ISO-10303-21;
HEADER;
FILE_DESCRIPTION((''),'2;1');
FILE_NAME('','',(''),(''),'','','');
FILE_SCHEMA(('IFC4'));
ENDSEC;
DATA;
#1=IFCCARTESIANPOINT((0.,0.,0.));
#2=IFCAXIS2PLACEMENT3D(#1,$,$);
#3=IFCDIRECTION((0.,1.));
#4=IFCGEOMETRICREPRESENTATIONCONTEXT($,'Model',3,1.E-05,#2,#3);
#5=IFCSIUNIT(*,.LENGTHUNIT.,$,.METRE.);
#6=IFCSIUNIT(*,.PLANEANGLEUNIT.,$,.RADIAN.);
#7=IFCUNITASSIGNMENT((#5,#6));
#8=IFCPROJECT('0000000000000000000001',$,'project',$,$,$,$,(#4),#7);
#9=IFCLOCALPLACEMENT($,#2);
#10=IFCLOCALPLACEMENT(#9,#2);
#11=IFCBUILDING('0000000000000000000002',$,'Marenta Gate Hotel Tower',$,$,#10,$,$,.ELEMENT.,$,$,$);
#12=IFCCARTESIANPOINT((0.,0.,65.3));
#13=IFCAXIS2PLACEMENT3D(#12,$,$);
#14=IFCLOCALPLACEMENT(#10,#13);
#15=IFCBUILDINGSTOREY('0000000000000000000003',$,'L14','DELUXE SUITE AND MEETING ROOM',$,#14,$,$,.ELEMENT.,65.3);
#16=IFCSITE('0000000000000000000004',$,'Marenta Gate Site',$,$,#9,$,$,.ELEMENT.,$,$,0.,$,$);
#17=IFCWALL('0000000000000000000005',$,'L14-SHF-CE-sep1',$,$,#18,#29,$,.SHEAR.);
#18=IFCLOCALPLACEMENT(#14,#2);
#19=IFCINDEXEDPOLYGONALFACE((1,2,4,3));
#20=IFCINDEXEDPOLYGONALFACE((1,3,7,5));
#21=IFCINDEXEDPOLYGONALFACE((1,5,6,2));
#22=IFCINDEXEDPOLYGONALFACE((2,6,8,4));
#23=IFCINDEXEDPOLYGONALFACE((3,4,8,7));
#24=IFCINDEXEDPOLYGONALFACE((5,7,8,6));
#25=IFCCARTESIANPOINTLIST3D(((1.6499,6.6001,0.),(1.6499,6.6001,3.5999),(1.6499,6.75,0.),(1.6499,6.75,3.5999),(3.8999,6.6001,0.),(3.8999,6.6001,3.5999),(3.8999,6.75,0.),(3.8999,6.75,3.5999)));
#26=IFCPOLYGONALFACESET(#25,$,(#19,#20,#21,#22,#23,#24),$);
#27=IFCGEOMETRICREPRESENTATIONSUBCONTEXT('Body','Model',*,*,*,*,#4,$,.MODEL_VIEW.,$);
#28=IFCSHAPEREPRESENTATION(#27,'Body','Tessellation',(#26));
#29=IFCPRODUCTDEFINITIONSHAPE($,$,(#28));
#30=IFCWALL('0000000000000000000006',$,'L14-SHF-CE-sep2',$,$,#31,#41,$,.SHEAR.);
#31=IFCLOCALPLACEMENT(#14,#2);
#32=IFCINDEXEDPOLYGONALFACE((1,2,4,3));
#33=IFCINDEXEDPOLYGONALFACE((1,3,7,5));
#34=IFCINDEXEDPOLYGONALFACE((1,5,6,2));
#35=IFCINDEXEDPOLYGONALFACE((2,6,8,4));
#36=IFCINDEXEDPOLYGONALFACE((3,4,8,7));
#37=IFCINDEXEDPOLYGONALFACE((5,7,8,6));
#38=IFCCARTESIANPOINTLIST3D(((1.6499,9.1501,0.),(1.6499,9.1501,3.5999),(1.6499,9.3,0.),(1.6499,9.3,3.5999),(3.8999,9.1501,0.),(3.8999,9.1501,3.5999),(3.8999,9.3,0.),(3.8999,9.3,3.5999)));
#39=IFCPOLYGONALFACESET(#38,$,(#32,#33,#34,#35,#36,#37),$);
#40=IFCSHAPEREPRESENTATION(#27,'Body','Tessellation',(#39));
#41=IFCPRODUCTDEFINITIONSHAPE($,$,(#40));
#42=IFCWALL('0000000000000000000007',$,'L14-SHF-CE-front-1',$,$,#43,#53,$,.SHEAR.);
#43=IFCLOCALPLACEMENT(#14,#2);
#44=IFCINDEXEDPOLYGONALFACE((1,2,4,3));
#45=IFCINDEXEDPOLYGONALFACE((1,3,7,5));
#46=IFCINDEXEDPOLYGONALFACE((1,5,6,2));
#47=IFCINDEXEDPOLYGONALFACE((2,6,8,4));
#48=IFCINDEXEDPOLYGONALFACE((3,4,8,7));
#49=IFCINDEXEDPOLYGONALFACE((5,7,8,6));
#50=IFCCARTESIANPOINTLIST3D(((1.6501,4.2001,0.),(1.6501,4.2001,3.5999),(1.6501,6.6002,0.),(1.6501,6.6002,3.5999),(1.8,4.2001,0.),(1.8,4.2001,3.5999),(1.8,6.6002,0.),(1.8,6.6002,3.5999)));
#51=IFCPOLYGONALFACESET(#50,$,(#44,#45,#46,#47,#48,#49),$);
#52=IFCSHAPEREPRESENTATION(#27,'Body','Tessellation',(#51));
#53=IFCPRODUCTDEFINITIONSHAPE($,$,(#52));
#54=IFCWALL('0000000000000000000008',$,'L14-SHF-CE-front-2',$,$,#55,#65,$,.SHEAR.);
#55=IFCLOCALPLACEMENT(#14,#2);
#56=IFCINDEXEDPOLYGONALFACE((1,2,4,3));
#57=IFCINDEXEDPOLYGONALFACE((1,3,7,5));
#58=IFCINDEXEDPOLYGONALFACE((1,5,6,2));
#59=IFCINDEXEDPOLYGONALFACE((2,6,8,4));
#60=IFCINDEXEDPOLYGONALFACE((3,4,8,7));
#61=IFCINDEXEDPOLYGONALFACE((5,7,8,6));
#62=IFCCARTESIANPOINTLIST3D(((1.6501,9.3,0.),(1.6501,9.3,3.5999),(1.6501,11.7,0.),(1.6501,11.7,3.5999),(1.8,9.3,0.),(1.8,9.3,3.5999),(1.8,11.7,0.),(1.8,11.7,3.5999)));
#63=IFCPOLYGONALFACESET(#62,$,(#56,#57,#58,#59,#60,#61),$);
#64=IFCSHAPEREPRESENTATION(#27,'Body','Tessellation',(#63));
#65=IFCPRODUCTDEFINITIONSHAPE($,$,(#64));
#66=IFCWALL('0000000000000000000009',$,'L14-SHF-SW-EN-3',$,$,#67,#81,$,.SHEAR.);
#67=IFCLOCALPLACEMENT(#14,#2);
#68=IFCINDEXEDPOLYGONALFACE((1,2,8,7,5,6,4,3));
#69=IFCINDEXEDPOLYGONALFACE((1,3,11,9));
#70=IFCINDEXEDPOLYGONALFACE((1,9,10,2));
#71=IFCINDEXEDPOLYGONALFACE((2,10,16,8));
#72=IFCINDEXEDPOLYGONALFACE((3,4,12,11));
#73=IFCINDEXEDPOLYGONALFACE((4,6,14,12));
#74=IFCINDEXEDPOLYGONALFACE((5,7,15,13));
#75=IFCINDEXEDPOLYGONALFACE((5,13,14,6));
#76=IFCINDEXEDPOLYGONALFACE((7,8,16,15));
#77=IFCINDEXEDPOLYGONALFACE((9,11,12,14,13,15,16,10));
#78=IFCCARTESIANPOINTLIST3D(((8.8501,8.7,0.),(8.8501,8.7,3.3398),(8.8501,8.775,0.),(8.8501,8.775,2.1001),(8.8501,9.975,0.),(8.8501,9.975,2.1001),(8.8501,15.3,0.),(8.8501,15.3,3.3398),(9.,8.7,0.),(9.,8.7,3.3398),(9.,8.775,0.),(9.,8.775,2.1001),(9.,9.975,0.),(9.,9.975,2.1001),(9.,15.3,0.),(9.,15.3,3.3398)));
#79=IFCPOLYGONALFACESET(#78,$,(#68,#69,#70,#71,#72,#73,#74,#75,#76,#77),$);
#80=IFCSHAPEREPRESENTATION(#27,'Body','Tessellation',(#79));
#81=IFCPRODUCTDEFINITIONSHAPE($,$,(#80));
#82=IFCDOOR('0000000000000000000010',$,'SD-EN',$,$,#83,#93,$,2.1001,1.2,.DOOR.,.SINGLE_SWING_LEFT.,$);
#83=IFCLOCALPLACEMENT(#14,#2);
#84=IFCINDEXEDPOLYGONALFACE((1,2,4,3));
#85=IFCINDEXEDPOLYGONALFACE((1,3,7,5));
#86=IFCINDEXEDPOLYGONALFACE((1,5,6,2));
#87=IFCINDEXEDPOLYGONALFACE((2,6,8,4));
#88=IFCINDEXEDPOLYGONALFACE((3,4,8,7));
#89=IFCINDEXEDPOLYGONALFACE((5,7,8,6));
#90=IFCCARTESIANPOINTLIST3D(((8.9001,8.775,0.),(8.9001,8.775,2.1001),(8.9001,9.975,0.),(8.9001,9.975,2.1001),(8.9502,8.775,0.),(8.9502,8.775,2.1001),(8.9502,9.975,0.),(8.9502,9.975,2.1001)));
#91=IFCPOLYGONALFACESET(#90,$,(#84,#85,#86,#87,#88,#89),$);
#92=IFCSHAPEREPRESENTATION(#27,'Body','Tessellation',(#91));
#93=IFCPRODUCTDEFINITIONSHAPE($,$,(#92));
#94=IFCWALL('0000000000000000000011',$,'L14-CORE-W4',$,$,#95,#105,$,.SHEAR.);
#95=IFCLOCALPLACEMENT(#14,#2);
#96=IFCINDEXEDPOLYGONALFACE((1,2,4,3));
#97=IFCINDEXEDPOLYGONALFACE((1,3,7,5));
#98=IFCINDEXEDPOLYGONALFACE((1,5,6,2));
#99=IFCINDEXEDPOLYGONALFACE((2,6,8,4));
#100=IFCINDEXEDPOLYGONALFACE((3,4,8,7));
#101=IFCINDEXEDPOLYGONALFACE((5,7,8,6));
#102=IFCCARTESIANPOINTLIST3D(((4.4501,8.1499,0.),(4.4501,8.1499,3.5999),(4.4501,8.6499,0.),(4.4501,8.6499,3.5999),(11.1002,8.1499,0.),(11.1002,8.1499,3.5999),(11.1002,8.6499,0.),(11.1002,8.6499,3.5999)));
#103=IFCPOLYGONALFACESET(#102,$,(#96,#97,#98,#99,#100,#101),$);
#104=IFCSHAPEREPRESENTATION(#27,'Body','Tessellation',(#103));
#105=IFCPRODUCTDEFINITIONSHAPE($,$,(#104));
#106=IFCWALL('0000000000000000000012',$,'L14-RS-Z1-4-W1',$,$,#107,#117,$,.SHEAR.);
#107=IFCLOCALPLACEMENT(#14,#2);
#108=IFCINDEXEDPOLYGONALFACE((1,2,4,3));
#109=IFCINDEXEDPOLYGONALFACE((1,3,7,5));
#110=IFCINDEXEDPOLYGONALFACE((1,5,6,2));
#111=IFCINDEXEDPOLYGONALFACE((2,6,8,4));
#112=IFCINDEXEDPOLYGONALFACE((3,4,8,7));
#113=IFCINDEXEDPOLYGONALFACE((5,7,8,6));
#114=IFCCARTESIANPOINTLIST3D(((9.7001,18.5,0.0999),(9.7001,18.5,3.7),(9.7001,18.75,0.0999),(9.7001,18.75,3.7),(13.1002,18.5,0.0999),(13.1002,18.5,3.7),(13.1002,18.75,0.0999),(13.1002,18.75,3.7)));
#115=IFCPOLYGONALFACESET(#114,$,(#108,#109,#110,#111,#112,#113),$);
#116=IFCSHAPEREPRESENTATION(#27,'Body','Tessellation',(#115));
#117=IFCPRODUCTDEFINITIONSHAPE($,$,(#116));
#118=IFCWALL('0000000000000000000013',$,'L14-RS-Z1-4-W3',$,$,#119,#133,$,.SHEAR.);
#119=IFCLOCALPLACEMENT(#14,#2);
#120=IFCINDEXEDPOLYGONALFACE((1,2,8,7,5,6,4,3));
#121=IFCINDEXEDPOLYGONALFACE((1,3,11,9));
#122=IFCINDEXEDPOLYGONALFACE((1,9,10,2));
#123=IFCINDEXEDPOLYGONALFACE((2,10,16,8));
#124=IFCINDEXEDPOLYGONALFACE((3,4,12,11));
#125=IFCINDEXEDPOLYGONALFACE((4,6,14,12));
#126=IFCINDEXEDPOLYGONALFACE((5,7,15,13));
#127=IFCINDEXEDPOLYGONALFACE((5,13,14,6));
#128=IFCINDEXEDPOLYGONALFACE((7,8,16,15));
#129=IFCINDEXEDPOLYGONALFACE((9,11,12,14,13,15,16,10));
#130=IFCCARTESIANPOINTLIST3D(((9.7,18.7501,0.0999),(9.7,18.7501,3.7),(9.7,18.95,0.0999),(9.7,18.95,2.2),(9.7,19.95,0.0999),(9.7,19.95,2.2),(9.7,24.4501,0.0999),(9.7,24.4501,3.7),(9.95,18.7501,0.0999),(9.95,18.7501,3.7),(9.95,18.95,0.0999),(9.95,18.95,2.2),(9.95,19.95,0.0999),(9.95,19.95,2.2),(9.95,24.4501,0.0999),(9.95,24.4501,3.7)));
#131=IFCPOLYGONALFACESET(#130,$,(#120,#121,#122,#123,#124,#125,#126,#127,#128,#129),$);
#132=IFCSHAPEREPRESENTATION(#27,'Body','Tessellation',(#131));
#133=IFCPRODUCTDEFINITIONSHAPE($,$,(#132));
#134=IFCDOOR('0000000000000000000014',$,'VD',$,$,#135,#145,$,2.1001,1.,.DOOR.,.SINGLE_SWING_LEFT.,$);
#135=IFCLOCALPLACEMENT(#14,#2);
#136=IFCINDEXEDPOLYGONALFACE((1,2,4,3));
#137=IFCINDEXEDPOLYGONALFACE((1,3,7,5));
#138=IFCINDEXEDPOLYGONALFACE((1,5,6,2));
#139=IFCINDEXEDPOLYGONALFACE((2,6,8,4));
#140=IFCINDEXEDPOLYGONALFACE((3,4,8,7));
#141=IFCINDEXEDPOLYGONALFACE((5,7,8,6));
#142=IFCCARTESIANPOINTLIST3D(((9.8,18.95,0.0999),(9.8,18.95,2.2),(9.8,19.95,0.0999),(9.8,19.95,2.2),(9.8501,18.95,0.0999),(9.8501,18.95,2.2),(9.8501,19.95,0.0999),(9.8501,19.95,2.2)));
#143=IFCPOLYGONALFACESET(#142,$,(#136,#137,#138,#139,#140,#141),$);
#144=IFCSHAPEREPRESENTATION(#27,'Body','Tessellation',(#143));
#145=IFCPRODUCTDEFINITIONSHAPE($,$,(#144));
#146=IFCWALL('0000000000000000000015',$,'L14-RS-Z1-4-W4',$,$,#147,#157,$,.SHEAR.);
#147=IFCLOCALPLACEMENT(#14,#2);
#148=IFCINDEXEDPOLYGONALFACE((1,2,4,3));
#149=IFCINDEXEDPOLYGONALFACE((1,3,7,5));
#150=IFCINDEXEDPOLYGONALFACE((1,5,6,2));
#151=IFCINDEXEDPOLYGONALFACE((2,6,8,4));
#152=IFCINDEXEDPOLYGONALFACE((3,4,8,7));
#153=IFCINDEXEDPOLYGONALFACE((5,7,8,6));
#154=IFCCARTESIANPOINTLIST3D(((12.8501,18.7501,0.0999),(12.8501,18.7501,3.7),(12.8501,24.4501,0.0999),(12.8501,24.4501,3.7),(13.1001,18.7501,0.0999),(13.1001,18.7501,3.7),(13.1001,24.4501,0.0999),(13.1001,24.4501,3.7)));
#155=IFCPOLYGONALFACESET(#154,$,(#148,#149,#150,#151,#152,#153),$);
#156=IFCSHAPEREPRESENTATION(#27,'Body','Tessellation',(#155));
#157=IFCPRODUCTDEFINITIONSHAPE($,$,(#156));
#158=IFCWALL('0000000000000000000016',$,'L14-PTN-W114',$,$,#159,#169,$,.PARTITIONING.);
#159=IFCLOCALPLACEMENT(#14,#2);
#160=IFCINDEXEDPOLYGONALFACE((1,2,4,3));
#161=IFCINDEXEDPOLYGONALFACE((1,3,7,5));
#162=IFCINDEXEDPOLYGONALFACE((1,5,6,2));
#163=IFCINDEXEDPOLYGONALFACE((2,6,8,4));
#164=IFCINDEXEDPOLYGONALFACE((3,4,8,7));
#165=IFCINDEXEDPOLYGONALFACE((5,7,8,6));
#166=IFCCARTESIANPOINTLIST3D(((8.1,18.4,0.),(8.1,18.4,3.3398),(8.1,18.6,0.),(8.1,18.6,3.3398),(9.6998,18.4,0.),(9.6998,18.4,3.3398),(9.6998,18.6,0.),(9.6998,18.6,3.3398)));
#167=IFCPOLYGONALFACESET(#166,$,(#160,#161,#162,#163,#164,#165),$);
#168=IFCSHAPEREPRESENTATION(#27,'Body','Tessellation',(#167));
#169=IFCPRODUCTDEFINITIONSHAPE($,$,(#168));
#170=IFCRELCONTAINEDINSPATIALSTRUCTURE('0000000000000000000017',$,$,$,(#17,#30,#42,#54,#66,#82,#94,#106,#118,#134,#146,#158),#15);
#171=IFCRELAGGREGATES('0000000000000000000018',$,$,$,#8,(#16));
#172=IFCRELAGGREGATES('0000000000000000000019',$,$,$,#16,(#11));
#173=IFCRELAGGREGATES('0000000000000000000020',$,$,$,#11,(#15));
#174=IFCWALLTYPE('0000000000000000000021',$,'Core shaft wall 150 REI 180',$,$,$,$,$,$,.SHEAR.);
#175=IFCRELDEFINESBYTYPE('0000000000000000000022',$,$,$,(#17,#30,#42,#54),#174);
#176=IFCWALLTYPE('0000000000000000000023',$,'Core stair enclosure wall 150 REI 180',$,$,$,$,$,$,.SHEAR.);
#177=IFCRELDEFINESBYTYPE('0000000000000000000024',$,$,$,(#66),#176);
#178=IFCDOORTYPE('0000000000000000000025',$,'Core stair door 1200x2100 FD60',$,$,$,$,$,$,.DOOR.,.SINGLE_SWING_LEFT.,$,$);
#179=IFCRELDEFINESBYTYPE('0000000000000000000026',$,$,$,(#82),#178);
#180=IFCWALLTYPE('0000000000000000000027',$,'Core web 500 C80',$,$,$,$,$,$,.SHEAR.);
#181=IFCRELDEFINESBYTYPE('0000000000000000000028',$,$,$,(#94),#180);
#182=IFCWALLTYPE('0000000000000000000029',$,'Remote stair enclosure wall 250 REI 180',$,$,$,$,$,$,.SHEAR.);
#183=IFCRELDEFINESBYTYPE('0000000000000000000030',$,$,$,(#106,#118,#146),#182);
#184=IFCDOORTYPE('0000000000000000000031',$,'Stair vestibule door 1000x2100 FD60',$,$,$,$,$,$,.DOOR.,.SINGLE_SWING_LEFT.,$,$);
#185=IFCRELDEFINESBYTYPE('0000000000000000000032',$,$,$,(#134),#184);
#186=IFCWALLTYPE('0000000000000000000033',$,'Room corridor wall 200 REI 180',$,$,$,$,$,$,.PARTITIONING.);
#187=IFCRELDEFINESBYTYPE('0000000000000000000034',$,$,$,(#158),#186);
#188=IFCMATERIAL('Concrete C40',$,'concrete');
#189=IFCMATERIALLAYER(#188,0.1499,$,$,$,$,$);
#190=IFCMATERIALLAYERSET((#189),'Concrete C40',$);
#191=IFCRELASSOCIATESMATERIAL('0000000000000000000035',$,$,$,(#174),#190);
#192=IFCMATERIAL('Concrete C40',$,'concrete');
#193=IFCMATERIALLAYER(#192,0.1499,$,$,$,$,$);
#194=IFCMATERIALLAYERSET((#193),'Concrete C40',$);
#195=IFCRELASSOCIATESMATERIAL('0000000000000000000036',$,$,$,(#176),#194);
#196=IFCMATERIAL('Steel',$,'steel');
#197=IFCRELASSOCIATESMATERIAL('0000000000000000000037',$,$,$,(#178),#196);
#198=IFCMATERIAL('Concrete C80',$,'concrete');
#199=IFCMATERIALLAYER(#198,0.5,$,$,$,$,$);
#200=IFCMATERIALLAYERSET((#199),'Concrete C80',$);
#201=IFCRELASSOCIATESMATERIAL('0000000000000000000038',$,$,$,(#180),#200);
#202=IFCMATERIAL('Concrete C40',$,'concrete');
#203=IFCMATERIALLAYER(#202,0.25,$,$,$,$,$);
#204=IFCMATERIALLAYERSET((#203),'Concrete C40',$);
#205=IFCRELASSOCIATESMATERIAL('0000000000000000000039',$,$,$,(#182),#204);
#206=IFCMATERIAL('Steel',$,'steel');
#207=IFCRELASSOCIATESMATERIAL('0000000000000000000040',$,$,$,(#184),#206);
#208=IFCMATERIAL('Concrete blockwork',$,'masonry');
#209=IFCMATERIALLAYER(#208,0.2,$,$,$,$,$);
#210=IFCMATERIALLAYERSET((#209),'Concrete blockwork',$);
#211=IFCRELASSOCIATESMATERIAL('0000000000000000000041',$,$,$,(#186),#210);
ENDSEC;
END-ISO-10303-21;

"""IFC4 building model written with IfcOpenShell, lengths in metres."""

from ifc_helpers import new_model, si_unit, direction, frame, frame_2d, origin, place, context, subcontext, project, spatial, rectangle, extrude, material, layer, layer_set, type_object, element, fill, save


model = new_model("IFC4")

# Units and contexts
model_context = context("Model", 3, precision=1e-05, world=origin(), true_north=direction((0.0, 1.0)))
body_context = subcontext(model_context, "Body", "Model", "MODEL_VIEW")
ifc_project = project(units=[si_unit("LENGTHUNIT", "METRE"), si_unit("PLANEANGLEUNIT", "RADIAN")], contexts=[model_context])

# Site, building, storey
site_placement = place(None, origin())
site = spatial("IfcSite", under=ifc_project, at=site_placement, Name="Marenta Gate Site", CompositionType="ELEMENT", RefElevation=0.0)
building_placement = place(site_placement, origin())
building = spatial("IfcBuilding", under=site, at=building_placement, Name="Marenta Gate Hotel Tower", CompositionType="ELEMENT")
storey_placement = place(building_placement, frame((0.0, 0.0, 65.3)))
storey = spatial("IfcBuildingStorey", under=building, at=storey_placement, Name="L14", Description="DELUXE SUITE AND MEETING ROOM", CompositionType="ELEMENT", Elevation=65.3)

# Shared definitions
ifc_material_1 = material(Name="Concrete C40", Category="concrete")
ifc_layer_1 = layer(ifc_material_1, 0.1499)
ifc_layer_set_1 = layer_set([ifc_layer_1], Name="Concrete C40")
wall_type_1 = type_object("IfcWallType", Name="Core shaft wall 150 REI 180", PredefinedType="SHEAR", material=ifc_layer_set_1)

# Walls
for number, where, z_axis, x_axis, name in (
    (1, (1.6499, 6.675, 0.0), (0.0, 0.0, 1.0), (1.0, 0.0, 0.0), "L14-SHF-CE-sep1"),
    (2, (1.6499, 9.2251, 0.0), (0.0, 0.0, 1.0), (1.0, 0.0, 0.0), "L14-SHF-CE-sep2"),
):
    element("IfcWall", number, at=place(storey_placement, frame(where, z_axis=z_axis, x_axis=x_axis)), inside=storey, type_object=wall_type_1, Name=name, PredefinedType="SHEAR", context=body_context, shape_type="SweptSolid", body=[
        extrude(rectangle(XDim=2.25, YDim=0.1499, at=frame_2d((1.125, 0.0))), origin(), (0.0, 0.0, 1.0), 3.5999),
    ])
wall_1_placement = place(storey_placement, frame((1.7251, 4.2, 0.0), z_axis=(0.0, 0.0, 1.0), x_axis=(0.0, 1.0, 0.0)))
element("IfcWall", 3, at=wall_1_placement, inside=storey, type_object=wall_type_1, Name="L14-SHF-CE-front-1", PredefinedType="SHEAR", context=body_context, shape_type="SweptSolid", body=[
    extrude(rectangle(XDim=2.4001, YDim=0.1499, at=frame_2d((1.2002, 0.0))), origin(), (0.0, 0.0, 1.0), 3.5999),
])
wall_2_placement = place(storey_placement, frame((1.7251, 9.3, 0.0), z_axis=(0.0, 0.0, 1.0), x_axis=(0.0, 1.0, 0.0)))
element("IfcWall", 4, at=wall_2_placement, inside=storey, type_object=wall_type_1, Name="L14-SHF-CE-front-2", PredefinedType="SHEAR", context=body_context, shape_type="SweptSolid", body=[
    extrude(rectangle(XDim=2.3999, YDim=0.1499, at=frame_2d((1.2, 0.0))), origin(), (0.0, 0.0, 1.0), 3.5999),
])

# Wall, opening, door
ifc_material_2 = material(Name="Concrete C40", Category="concrete")
ifc_layer_2 = layer(ifc_material_2, 0.1499)
ifc_layer_set_2 = layer_set([ifc_layer_2], Name="Concrete C40")
wall_type_2 = type_object("IfcWallType", Name="Core stair enclosure wall 150 REI 180", PredefinedType="SHEAR", material=ifc_layer_set_2)
wall_3_placement = place(storey_placement, frame((8.925, 8.7, 0.0), z_axis=(0.0, 0.0, 1.0), x_axis=(0.0, 1.0, 0.0)))
wall_3 = element("IfcWall", 5, at=wall_3_placement, inside=storey, type_object=wall_type_2, Name="L14-SHF-SW-EN-3", PredefinedType="SHEAR", context=body_context, shape_type="SweptSolid", body=[
    extrude(rectangle(XDim=6.6001, YDim=0.1499, at=frame_2d((3.3, 0.0))), origin(), (0.0, 0.0, 1.0), 3.3398),
])
opening_1_placement = place(wall_3_placement, frame((0.075, 0.0, 0.0)))
opening_1 = element("IfcOpeningElement", 6, at=opening_1_placement, cuts=wall_3, PredefinedType="OPENING", context=body_context, shape_type="SweptSolid", body=[
    extrude(rectangle(XDim=1.2, YDim=2.1001, at=frame_2d((0.6001, 1.05))), frame((0.0, 0.075, 0.0), z_axis=(0.0, -1.0, 0.0), x_axis=(1.0, 0.0, 0.0)), (0.0, 0.0, 1.0), 0.1499),
])
ifc_material_3 = material(Name="Steel", Category="steel")
door_type_1 = type_object("IfcDoorType", Name="Core stair door 1200x2100 FD60", OperationType="SINGLE_SWING_LEFT", PredefinedType="DOOR", material=ifc_material_3)
door_1_placement = place(opening_1_placement, origin())
door_1 = element("IfcDoor", 7, at=door_1_placement, inside=storey, type_object=door_type_1, Name="SD-EN", OperationType="SINGLE_SWING_LEFT", OverallHeight=2.1001, OverallWidth=1.2, PredefinedType="DOOR", context=body_context, shape_type="SweptSolid", body=[
    extrude(rectangle(XDim=1.2, YDim=2.1001, at=frame_2d((0.6001, 1.05))), frame((0.0, 0.0249, 0.0), z_axis=(0.0, -1.0, 0.0), x_axis=(1.0, 0.0, 0.0)), (0.0, 0.0, 1.0), 0.05),
])
fill(opening_1, door_1)

# Walls
ifc_material_4 = material(Name="Concrete C80", Category="concrete")
ifc_layer_3 = layer(ifc_material_4, 0.5)
ifc_layer_set_3 = layer_set([ifc_layer_3], Name="Concrete C80")
wall_type_3 = type_object("IfcWallType", Name="Core web 500 C80", PredefinedType="SHEAR", material=ifc_layer_set_3)
wall_4_placement = place(storey_placement, frame((4.45, 8.3999, 0.0), z_axis=(0.0, 0.0, 1.0), x_axis=(1.0, 0.0, 0.0)))
element("IfcWall", 8, at=wall_4_placement, inside=storey, type_object=wall_type_3, Name="L14-CORE-W4", PredefinedType="SHEAR", context=body_context, shape_type="SweptSolid", body=[
    extrude(rectangle(XDim=6.6501, YDim=0.5, at=frame_2d((3.3252, 0.0))), origin(), (0.0, 0.0, 1.0), 3.5999),
])
ifc_material_5 = material(Name="Concrete C40", Category="concrete")
ifc_layer_4 = layer(ifc_material_5, 0.25)
ifc_layer_set_4 = layer_set([ifc_layer_4], Name="Concrete C40")
wall_type_4 = type_object("IfcWallType", Name="Remote stair enclosure wall 250 REI 180", PredefinedType="SHEAR", material=ifc_layer_set_4)
wall_5_placement = place(storey_placement, frame((9.7, 18.625, 0.0999), z_axis=(0.0, 0.0, 1.0), x_axis=(1.0, 0.0, 0.0)))
element("IfcWall", 9, at=wall_5_placement, inside=storey, type_object=wall_type_4, Name="L14-RS-Z1-4-W1", PredefinedType="SHEAR", context=body_context, shape_type="SweptSolid", body=[
    extrude(rectangle(XDim=3.4001, YDim=0.25, at=frame_2d((1.7002, 0.0))), origin(), (0.0, 0.0, 1.0), 3.6001),
])

# Wall, opening, door
wall_6_placement = place(storey_placement, frame((9.825, 18.75, 0.0999), z_axis=(0.0, 0.0, 1.0), x_axis=(0.0, 1.0, 0.0)))
wall_6 = element("IfcWall", 10, at=wall_6_placement, inside=storey, type_object=wall_type_4, Name="L14-RS-Z1-4-W3", PredefinedType="SHEAR", context=body_context, shape_type="SweptSolid", body=[
    extrude(rectangle(XDim=5.7, YDim=0.25, at=frame_2d((2.8501, 0.0))), origin(), (0.0, 0.0, 1.0), 3.6001),
])
opening_2_placement = place(wall_6_placement, frame((0.2, 0.0, 0.0)))
opening_2 = element("IfcOpeningElement", 11, at=opening_2_placement, cuts=wall_6, PredefinedType="OPENING", context=body_context, shape_type="SweptSolid", body=[
    extrude(rectangle(XDim=1.0, YDim=2.1001, at=frame_2d((0.5, 1.05))), frame((0.0, 0.125, 0.0), z_axis=(0.0, -1.0, 0.0), x_axis=(1.0, 0.0, 0.0)), (0.0, 0.0, 1.0), 0.25),
])
ifc_material_6 = material(Name="Steel", Category="steel")
door_type_2 = type_object("IfcDoorType", Name="Stair vestibule door 1000x2100 FD60", OperationType="SINGLE_SWING_LEFT", PredefinedType="DOOR", material=ifc_material_6)
door_2_placement = place(opening_2_placement, origin())
door_2 = element("IfcDoor", 12, at=door_2_placement, inside=storey, type_object=door_type_2, Name="VD", OperationType="SINGLE_SWING_LEFT", OverallHeight=2.1001, OverallWidth=1.0, PredefinedType="DOOR", context=body_context, shape_type="SweptSolid", body=[
    extrude(rectangle(XDim=1.0, YDim=2.1001, at=frame_2d((0.5, 1.05))), frame((0.0, 0.0249, 0.0), z_axis=(0.0, -1.0, 0.0), x_axis=(1.0, 0.0, 0.0)), (0.0, 0.0, 1.0), 0.05),
])
fill(opening_2, door_2)

# Walls
wall_7_placement = place(storey_placement, frame((12.9751, 18.75, 0.0999), z_axis=(0.0, 0.0, 1.0), x_axis=(0.0, 1.0, 0.0)))
element("IfcWall", 13, at=wall_7_placement, inside=storey, type_object=wall_type_4, Name="L14-RS-Z1-4-W4", PredefinedType="SHEAR", context=body_context, shape_type="SweptSolid", body=[
    extrude(rectangle(XDim=5.7, YDim=0.25, at=frame_2d((2.8501, 0.0))), origin(), (0.0, 0.0, 1.0), 3.6001),
])
ifc_material_7 = material(Name="Concrete blockwork", Category="masonry")
ifc_layer_5 = layer(ifc_material_7, 0.2)
ifc_layer_set_5 = layer_set([ifc_layer_5], Name="Concrete blockwork")
wall_type_5 = type_object("IfcWallType", Name="Room corridor wall 200 REI 180", PredefinedType="PARTITIONING", material=ifc_layer_set_5)
wall_8_placement = place(storey_placement, frame((8.1001, 18.5, 0.0), z_axis=(0.0, 0.0, 1.0), x_axis=(1.0, 0.0, 0.0)))
element("IfcWall", 14, at=wall_8_placement, inside=storey, type_object=wall_type_5, Name="L14-PTN-W114", PredefinedType="PARTITIONING", context=body_context, shape_type="SweptSolid", body=[
    extrude(rectangle(XDim=1.5999, YDim=0.2, at=frame_2d((0.7998, 0.0))), origin(), (0.0, 0.0, 1.0), 3.3398),
])

save(model, "model.ifc")
